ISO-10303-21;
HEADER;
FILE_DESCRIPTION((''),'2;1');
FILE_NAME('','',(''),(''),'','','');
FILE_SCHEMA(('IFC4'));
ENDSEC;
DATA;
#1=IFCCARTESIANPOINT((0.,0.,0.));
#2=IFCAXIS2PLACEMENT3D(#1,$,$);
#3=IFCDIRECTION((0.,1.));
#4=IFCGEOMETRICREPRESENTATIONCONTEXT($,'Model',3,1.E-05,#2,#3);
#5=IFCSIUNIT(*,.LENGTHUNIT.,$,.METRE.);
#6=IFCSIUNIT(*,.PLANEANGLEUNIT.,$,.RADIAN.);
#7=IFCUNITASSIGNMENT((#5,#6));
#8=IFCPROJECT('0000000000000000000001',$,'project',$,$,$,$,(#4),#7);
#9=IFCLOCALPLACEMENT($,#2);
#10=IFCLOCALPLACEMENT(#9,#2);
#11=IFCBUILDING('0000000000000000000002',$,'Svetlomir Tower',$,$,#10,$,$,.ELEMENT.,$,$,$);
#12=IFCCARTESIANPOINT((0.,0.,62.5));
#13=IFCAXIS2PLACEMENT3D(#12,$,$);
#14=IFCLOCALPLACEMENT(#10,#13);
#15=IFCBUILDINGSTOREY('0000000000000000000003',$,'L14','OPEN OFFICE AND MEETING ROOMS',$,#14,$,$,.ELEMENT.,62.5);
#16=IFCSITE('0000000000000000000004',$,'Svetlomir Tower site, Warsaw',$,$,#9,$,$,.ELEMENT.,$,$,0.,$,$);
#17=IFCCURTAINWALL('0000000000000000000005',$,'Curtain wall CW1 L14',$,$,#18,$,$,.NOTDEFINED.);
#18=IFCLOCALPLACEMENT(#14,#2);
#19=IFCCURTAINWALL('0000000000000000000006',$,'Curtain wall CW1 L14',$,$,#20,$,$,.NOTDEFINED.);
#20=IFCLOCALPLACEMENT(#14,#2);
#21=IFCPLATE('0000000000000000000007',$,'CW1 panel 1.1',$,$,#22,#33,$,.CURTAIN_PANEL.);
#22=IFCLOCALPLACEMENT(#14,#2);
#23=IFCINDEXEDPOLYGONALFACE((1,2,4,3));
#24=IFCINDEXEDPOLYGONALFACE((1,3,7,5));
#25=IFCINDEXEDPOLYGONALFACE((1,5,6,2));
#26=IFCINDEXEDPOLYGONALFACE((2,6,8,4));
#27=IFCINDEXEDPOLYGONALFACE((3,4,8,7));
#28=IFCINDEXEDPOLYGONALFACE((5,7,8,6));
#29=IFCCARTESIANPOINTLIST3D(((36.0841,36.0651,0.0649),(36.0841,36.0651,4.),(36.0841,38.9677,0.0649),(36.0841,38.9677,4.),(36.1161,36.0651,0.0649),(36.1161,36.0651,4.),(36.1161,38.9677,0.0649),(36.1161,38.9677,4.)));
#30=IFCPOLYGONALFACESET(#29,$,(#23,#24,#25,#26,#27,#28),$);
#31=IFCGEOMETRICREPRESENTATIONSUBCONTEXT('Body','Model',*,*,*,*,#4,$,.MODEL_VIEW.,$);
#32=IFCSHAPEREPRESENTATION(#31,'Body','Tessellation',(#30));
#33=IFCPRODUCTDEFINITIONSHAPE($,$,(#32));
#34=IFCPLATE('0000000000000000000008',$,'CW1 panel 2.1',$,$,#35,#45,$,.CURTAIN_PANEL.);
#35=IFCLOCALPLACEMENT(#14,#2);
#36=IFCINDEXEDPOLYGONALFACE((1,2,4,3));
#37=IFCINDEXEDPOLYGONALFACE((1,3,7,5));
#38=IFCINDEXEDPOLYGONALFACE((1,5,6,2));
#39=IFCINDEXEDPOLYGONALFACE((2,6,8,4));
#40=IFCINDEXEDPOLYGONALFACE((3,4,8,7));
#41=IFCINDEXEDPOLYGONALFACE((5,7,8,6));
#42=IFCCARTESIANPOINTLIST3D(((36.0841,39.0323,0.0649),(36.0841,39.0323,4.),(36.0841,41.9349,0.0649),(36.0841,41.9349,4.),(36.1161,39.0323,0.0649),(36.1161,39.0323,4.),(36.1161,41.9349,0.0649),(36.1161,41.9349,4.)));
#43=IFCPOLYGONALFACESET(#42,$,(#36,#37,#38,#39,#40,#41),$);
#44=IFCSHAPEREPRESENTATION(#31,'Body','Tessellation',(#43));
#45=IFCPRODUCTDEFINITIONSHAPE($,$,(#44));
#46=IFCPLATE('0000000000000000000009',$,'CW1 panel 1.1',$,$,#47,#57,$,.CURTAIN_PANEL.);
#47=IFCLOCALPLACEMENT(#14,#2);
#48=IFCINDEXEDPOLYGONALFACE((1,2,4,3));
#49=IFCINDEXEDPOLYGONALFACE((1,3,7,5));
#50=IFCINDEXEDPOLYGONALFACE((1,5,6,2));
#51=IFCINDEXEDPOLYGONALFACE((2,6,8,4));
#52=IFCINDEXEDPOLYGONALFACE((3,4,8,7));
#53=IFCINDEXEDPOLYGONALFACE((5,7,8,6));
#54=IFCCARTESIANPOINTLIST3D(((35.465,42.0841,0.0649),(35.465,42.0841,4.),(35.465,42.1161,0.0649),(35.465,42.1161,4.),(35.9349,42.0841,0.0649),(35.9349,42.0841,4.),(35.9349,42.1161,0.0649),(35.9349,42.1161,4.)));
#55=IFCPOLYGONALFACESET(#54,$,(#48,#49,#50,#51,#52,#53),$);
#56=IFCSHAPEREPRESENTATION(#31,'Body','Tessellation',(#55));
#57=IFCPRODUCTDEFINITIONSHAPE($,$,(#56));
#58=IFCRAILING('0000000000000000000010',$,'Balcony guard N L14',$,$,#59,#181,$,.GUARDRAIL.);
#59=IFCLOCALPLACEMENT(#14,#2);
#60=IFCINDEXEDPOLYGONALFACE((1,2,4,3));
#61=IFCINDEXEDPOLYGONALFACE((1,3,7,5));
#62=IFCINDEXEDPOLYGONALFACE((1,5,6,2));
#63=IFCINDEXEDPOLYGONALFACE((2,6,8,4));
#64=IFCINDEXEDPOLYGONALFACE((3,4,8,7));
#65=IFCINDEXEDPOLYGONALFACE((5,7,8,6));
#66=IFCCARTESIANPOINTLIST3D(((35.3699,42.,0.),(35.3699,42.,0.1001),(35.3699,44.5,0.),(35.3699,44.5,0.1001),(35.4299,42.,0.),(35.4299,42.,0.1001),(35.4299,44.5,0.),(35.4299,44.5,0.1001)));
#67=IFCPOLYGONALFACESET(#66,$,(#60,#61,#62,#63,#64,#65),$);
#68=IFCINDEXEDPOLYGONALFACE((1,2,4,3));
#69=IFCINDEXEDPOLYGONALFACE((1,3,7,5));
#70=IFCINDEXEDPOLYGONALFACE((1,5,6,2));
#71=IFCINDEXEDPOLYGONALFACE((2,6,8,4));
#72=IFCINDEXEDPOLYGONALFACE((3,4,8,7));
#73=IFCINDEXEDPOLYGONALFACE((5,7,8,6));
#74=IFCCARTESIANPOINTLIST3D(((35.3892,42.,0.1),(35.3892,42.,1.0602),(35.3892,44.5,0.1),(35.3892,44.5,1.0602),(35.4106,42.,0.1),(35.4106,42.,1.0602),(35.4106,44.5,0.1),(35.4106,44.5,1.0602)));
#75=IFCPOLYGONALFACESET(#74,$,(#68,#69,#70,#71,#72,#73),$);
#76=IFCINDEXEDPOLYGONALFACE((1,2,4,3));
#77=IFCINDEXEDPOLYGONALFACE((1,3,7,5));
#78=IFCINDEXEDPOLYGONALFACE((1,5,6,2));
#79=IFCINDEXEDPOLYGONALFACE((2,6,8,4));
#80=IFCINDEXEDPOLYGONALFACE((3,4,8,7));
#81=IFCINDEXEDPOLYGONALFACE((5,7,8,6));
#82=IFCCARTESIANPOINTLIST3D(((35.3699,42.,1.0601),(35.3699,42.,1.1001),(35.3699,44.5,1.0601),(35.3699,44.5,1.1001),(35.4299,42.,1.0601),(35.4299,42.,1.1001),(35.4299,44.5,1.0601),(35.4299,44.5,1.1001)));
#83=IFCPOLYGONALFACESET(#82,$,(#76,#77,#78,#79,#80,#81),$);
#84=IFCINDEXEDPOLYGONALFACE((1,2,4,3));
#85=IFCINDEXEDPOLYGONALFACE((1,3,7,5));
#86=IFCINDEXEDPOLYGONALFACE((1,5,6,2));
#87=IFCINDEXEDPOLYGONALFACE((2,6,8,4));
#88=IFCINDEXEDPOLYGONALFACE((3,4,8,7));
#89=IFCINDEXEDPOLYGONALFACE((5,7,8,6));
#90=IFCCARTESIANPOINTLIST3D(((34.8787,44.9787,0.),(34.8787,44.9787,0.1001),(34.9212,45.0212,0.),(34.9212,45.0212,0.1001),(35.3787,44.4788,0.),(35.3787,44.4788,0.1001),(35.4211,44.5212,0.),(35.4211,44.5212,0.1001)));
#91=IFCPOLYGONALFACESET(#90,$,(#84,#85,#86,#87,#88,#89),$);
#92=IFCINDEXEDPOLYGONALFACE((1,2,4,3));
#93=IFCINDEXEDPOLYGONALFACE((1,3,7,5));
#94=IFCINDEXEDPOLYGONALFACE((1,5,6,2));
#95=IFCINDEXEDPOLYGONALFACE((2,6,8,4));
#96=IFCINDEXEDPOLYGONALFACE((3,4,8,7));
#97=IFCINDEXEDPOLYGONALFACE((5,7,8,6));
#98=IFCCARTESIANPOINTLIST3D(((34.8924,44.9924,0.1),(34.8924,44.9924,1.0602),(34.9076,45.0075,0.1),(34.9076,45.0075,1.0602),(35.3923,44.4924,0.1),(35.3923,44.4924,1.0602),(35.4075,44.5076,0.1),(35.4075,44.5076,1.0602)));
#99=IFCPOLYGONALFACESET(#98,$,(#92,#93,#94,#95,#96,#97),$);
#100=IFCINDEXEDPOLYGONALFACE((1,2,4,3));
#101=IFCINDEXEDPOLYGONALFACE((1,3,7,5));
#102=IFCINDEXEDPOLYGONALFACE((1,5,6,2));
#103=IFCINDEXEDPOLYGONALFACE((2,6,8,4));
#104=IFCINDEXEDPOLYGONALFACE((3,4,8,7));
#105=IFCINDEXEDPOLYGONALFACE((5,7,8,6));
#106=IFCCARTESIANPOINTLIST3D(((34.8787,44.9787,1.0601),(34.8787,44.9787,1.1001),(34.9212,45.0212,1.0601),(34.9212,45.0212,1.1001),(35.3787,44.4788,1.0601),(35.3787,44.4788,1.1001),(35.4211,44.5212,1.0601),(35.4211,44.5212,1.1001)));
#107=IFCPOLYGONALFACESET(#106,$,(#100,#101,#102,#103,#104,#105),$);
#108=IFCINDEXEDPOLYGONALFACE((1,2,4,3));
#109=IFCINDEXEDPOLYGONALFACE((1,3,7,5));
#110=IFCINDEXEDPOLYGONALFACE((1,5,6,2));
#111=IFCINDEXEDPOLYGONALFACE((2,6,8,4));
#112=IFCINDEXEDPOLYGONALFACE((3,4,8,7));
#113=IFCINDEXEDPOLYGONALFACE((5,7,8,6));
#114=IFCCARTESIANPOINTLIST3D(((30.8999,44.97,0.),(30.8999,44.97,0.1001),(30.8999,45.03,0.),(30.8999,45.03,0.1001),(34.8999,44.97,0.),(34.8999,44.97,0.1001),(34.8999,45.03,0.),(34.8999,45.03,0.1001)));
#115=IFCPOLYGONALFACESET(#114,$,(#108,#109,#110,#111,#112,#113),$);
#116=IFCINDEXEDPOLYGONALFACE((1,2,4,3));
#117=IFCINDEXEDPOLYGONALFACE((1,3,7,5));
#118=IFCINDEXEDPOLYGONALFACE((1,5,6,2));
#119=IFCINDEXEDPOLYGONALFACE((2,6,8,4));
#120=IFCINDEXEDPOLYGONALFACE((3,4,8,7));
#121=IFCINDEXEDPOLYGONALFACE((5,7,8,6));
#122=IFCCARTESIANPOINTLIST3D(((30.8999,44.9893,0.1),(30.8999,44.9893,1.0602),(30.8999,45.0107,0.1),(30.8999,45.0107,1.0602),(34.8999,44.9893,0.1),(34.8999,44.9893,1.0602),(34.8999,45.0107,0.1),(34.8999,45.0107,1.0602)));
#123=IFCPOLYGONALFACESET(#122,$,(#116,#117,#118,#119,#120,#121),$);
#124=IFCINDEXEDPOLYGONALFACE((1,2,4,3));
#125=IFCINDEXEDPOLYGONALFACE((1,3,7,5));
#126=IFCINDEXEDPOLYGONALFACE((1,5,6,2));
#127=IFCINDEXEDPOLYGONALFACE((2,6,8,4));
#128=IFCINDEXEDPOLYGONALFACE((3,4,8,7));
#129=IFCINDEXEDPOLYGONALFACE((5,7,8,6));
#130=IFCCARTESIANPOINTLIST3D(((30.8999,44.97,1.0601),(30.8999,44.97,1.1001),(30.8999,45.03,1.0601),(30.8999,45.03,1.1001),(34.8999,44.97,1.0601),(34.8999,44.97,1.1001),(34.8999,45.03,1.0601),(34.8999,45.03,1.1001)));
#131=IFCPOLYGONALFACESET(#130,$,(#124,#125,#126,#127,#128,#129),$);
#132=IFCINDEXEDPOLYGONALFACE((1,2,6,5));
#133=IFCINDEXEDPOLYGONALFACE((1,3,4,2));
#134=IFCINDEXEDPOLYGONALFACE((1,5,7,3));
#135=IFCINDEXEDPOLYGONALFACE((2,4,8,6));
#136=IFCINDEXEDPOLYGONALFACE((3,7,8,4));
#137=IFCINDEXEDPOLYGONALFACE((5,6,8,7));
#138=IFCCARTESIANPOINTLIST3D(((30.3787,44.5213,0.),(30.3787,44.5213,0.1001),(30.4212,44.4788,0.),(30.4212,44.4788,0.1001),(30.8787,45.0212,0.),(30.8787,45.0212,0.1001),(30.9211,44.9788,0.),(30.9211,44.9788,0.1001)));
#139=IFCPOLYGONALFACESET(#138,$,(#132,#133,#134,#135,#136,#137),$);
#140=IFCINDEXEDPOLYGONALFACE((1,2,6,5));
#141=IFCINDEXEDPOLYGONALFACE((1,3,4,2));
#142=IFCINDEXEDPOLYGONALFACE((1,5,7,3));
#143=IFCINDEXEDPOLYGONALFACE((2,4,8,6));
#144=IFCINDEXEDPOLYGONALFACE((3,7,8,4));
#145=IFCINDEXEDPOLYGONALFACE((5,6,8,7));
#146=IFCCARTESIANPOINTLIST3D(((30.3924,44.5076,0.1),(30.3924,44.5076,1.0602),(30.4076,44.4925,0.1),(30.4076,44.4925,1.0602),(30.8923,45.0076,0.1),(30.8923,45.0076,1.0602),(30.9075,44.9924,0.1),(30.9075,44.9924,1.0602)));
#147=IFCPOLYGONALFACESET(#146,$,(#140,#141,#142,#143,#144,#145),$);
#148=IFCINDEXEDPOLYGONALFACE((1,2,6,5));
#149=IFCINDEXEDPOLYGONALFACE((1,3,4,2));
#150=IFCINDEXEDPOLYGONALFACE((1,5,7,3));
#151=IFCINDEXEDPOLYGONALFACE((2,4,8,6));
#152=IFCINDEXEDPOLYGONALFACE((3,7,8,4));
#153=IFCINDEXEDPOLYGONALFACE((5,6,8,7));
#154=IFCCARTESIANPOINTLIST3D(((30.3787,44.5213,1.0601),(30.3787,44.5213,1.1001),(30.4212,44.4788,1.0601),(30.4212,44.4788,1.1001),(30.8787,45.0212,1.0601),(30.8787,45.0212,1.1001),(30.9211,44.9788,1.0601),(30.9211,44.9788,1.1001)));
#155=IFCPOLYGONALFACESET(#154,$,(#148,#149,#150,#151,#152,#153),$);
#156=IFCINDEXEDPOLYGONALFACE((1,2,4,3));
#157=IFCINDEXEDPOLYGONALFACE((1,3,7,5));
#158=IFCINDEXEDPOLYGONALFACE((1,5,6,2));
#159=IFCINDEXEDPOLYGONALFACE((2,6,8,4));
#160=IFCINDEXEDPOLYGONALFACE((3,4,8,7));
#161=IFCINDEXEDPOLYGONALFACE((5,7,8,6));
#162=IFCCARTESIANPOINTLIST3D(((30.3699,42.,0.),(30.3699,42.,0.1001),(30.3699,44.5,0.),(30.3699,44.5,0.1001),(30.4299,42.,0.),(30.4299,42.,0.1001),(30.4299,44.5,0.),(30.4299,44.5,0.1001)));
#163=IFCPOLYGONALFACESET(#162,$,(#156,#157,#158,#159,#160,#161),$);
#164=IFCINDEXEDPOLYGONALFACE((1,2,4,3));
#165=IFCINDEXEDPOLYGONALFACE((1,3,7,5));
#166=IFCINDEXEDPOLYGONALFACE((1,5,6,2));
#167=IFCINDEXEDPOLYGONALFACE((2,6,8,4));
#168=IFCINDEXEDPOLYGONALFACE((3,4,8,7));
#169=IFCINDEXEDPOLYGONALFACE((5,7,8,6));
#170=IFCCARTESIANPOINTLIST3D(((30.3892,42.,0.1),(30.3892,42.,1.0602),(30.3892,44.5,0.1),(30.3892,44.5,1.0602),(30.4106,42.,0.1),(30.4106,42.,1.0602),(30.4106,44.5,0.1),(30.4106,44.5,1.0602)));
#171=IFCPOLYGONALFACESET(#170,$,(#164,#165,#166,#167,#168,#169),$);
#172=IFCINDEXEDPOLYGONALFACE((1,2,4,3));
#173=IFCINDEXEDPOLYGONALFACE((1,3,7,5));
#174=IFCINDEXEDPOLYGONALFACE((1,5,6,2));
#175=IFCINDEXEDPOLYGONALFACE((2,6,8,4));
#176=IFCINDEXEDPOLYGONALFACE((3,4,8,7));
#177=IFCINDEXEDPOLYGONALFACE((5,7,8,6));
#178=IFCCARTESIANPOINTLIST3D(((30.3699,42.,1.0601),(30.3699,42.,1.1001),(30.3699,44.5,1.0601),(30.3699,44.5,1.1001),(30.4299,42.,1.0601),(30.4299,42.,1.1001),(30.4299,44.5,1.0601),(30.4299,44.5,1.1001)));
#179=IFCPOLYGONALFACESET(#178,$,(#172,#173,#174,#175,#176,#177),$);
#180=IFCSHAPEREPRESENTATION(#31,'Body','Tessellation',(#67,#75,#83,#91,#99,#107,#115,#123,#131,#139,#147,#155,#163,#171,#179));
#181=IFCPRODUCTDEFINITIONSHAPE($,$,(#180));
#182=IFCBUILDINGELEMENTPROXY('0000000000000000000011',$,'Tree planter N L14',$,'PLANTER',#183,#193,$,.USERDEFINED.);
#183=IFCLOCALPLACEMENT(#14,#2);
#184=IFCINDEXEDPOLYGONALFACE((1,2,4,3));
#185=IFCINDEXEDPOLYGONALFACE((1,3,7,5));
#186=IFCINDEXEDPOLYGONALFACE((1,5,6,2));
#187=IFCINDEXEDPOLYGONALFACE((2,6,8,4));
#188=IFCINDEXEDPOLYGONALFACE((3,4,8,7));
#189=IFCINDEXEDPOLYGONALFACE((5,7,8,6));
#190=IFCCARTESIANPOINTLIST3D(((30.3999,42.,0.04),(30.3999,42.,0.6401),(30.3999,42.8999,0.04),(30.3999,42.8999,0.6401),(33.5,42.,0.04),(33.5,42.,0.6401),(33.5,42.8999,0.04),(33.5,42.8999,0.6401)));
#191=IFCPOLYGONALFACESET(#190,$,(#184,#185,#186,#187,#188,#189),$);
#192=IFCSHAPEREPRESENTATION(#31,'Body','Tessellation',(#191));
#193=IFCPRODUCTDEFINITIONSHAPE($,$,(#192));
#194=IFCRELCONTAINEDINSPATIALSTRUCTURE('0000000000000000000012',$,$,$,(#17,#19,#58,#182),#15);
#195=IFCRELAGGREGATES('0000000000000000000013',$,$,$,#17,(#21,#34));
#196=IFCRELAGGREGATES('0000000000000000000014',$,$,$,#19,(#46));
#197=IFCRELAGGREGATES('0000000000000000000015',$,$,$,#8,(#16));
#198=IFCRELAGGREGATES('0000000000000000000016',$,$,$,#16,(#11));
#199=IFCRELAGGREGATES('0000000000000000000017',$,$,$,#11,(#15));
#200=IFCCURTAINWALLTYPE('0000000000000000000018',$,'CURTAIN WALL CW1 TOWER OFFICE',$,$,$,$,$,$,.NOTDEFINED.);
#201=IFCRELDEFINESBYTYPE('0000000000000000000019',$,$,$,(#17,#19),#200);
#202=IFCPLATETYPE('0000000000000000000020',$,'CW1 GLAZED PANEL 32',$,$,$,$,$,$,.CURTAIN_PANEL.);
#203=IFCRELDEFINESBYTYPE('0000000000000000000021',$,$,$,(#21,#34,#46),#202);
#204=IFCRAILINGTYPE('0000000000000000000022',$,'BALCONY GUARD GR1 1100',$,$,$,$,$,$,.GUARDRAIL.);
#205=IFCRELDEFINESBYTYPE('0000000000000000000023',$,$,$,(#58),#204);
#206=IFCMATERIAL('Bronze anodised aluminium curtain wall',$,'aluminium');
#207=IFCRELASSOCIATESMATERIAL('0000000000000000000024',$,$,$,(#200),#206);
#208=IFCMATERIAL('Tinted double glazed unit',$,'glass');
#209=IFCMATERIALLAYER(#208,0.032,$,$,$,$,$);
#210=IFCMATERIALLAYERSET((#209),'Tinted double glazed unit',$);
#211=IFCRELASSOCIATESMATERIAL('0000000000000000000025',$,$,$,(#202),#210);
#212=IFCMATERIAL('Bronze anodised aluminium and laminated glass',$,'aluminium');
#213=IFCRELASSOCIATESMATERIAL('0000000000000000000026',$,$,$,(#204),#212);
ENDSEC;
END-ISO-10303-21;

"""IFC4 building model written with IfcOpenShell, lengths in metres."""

from ifc_helpers import new_model, si_unit, direction, frame, origin, origin_2d, place, context, subcontext, project, spatial, rectangle, extrude, material, layer, layer_set, type_object, element, aggregate, save


model = new_model("IFC4")

# Units and contexts
model_context = context("Model", 3, precision=1e-05, world=origin(), true_north=direction((0.0, 1.0)))
body_context = subcontext(model_context, "Body", "Model", "MODEL_VIEW")
ifc_project = project(units=[si_unit("LENGTHUNIT", "METRE"), si_unit("PLANEANGLEUNIT", "RADIAN")], contexts=[model_context])

# Site, building, storey
site_placement = place(None, origin())
site = spatial("IfcSite", under=ifc_project, at=site_placement, Name="Svetlomir Tower site, Warsaw", CompositionType="ELEMENT", RefElevation=0.0)
building_placement = place(site_placement, origin())
building = spatial("IfcBuilding", under=site, at=building_placement, Name="Svetlomir Tower", CompositionType="ELEMENT")
storey_placement = place(building_placement, frame((0.0, 0.0, 62.5)))
storey = spatial("IfcBuildingStorey", under=building, at=storey_placement, Name="L14", Description="OPEN OFFICE AND MEETING ROOMS", CompositionType="ELEMENT", Elevation=62.5)

# Shared definitions
ifc_material_1 = material(Name="Bronze anodised aluminium curtain wall", Category="aluminium")
curtain_wall_type = type_object("IfcCurtainWallType", Name="CURTAIN WALL CW1 TOWER OFFICE", PredefinedType="NOTDEFINED", material=ifc_material_1)

# Curtain walls
curtain_wall_1_placement = place(storey_placement, origin())
curtain_wall_1 = element("IfcCurtainWall", 1, at=curtain_wall_1_placement, inside=storey, type_object=curtain_wall_type, Name="Curtain wall CW1 L14", PredefinedType="NOTDEFINED")
curtain_wall_2_placement = place(storey_placement, origin())
curtain_wall_2 = element("IfcCurtainWall", 2, at=curtain_wall_2_placement, inside=storey, type_object=curtain_wall_type, Name="Curtain wall CW1 L14", PredefinedType="NOTDEFINED")

# Plates
ifc_material_2 = material(Name="Tinted double glazed unit", Category="glass")
ifc_layer_1 = layer(ifc_material_2, 0.032)
ifc_layer_set_1 = layer_set([ifc_layer_1], Name="Tinted double glazed unit")
plate_type = type_object("IfcPlateType", Name="CW1 GLAZED PANEL 32", PredefinedType="CURTAIN_PANEL", material=ifc_layer_set_1)
plate_1_placement = place(storey_placement, frame((36.1001, 37.5164, 0.0649), z_axis=(0.0, 0.0, 1.0), x_axis=(0.0, 1.0, 0.0)))
plate_1 = element("IfcPlate", 3, at=plate_1_placement, type_object=plate_type, Name="CW1 panel 1.1", PredefinedType="CURTAIN_PANEL", context=body_context, shape_type="SweptSolid", body=[
    extrude(rectangle(XDim=2.9026, YDim=0.032, at=origin_2d()), origin(), (0.0, 0.0, 1.0), 3.9351),
])
plate_2_placement = place(storey_placement, frame((36.1001, 40.4836, 0.0649), z_axis=(0.0, 0.0, 1.0), x_axis=(0.0, 1.0, 0.0)))
plate_2 = element("IfcPlate", 4, at=plate_2_placement, type_object=plate_type, Name="CW1 panel 2.1", PredefinedType="CURTAIN_PANEL", context=body_context, shape_type="SweptSolid", body=[
    extrude(rectangle(XDim=2.9026, YDim=0.032, at=origin_2d()), origin(), (0.0, 0.0, 1.0), 3.9351),
])
aggregate(curtain_wall_1, [plate_1, plate_2])
plate_3_placement = place(storey_placement, frame((35.7, 42.1001, 0.0649), z_axis=(0.0, 0.0, 1.0), x_axis=(-1.0, 0.0, 0.0)))
plate_3 = element("IfcPlate", 5, at=plate_3_placement, type_object=plate_type, Name="CW1 panel 1.1", PredefinedType="CURTAIN_PANEL", context=body_context, shape_type="SweptSolid", body=[
    extrude(rectangle(XDim=0.47, YDim=0.032, at=origin_2d()), origin(), (0.0, 0.0, 1.0), 3.9351),
])
aggregate(curtain_wall_2, [plate_3])

# Railing
ifc_material_3 = material(Name="Bronze anodised aluminium and laminated glass", Category="aluminium")
railing_type = type_object("IfcRailingType", Name="BALCONY GUARD GR1 1100", PredefinedType="GUARDRAIL", material=ifc_material_3)
railing_placement = place(storey_placement, frame((35.3999, 42.0, 0.0)))
element("IfcRailing", 6, at=railing_placement, inside=storey, type_object=railing_type, Name="Balcony guard N L14", PredefinedType="GUARDRAIL", context=body_context, shape_type="SweptSolid", body=[
    extrude(rectangle(XDim=0.0601, YDim=0.1001, at=origin_2d()), frame((0.0, 0.0, 0.05), z_axis=(0.0, 1.0, 0.0), x_axis=(-1.0, 0.0, 0.0)), (0.0, 0.0, 1.0), 2.5),
    extrude(rectangle(XDim=0.0215, YDim=0.9602, at=origin_2d()), frame((0.0, 0.0, 0.5801), z_axis=(0.0, 1.0, 0.0), x_axis=(-1.0, 0.0, 0.0)), (0.0, 0.0, 1.0), 2.5),
    extrude(rectangle(XDim=0.0601, YDim=0.04, at=origin_2d()), frame((0.0, 0.0, 1.0801), z_axis=(0.0, 1.0, 0.0), x_axis=(-1.0, 0.0, 0.0)), (0.0, 0.0, 1.0), 2.5),
    extrude(rectangle(XDim=0.0601, YDim=0.1001, at=origin_2d()), frame((0.0, 2.5, 0.05), z_axis=(-0.707107, 0.707107, 0.0), x_axis=(-0.707107, -0.707107, 0.0)), (0.0, 0.0, 1.0), 0.707),
    extrude(rectangle(XDim=0.0215, YDim=0.9602, at=origin_2d()), frame((0.0, 2.5, 0.5801), z_axis=(-0.707107, 0.707107, 0.0), x_axis=(-0.707107, -0.707107, 0.0)), (0.0, 0.0, 1.0), 0.707),
    extrude(rectangle(XDim=0.0601, YDim=0.04, at=origin_2d()), frame((0.0, 2.5, 1.0801), z_axis=(-0.707107, 0.707107, 0.0), x_axis=(-0.707107, -0.707107, 0.0)), (0.0, 0.0, 1.0), 0.707),
    extrude(rectangle(XDim=0.0601, YDim=0.1001, at=origin_2d()), frame((-0.5, 3.0, 0.05), z_axis=(-1.0, 0.0, 0.0), x_axis=(0.0, -1.0, 0.0)), (0.0, 0.0, 1.0), 4.0),
    extrude(rectangle(XDim=0.0215, YDim=0.9602, at=origin_2d()), frame((-0.5, 3.0, 0.5801), z_axis=(-1.0, 0.0, 0.0), x_axis=(0.0, -1.0, 0.0)), (0.0, 0.0, 1.0), 4.0),
    extrude(rectangle(XDim=0.0601, YDim=0.04, at=origin_2d()), frame((-0.5, 3.0, 1.0801), z_axis=(-1.0, 0.0, 0.0), x_axis=(0.0, -1.0, 0.0)), (0.0, 0.0, 1.0), 4.0),
    extrude(rectangle(XDim=0.0601, YDim=0.1001, at=origin_2d()), frame((-4.5, 3.0, 0.05), z_axis=(-0.707107, -0.707107, 0.0), x_axis=(0.707107, -0.707107, 0.0)), (0.0, 0.0, 1.0), 0.707),
    extrude(rectangle(XDim=0.0215, YDim=0.9602, at=origin_2d()), frame((-4.5, 3.0, 0.5801), z_axis=(-0.707107, -0.707107, 0.0), x_axis=(0.707107, -0.707107, 0.0)), (0.0, 0.0, 1.0), 0.707),
    extrude(rectangle(XDim=0.0601, YDim=0.04, at=origin_2d()), frame((-4.5, 3.0, 1.0801), z_axis=(-0.707107, -0.707107, 0.0), x_axis=(0.707107, -0.707107, 0.0)), (0.0, 0.0, 1.0), 0.707),
    extrude(rectangle(XDim=0.0601, YDim=0.1001, at=origin_2d()), frame((-5.0, 2.5, 0.05), z_axis=(0.0, -1.0, 0.0), x_axis=(1.0, 0.0, 0.0)), (0.0, 0.0, 1.0), 2.5),
    extrude(rectangle(XDim=0.0215, YDim=0.9602, at=origin_2d()), frame((-5.0, 2.5, 0.5801), z_axis=(0.0, -1.0, 0.0), x_axis=(1.0, 0.0, 0.0)), (0.0, 0.0, 1.0), 2.5),
    extrude(rectangle(XDim=0.0601, YDim=0.04, at=origin_2d()), frame((-5.0, 2.5, 1.0801), z_axis=(0.0, -1.0, 0.0), x_axis=(1.0, 0.0, 0.0)), (0.0, 0.0, 1.0), 2.5),
])

# Building element proxy
proxy_placement = place(storey_placement, frame((31.95, 42.45, 0.04), z_axis=(0.0, 0.0, 1.0), x_axis=(1.0, 0.0, 0.0)))
element("IfcBuildingElementProxy", 7, at=proxy_placement, inside=storey, Name="Tree planter N L14", ObjectType="PLANTER", PredefinedType="USERDEFINED", context=body_context, shape_type="SweptSolid", body=[
    extrude(rectangle(XDim=3.1001, YDim=0.8999, at=origin_2d()), origin(), (0.0, 0.0, 1.0), 0.6001),
])

save(model, "model.ifc")
